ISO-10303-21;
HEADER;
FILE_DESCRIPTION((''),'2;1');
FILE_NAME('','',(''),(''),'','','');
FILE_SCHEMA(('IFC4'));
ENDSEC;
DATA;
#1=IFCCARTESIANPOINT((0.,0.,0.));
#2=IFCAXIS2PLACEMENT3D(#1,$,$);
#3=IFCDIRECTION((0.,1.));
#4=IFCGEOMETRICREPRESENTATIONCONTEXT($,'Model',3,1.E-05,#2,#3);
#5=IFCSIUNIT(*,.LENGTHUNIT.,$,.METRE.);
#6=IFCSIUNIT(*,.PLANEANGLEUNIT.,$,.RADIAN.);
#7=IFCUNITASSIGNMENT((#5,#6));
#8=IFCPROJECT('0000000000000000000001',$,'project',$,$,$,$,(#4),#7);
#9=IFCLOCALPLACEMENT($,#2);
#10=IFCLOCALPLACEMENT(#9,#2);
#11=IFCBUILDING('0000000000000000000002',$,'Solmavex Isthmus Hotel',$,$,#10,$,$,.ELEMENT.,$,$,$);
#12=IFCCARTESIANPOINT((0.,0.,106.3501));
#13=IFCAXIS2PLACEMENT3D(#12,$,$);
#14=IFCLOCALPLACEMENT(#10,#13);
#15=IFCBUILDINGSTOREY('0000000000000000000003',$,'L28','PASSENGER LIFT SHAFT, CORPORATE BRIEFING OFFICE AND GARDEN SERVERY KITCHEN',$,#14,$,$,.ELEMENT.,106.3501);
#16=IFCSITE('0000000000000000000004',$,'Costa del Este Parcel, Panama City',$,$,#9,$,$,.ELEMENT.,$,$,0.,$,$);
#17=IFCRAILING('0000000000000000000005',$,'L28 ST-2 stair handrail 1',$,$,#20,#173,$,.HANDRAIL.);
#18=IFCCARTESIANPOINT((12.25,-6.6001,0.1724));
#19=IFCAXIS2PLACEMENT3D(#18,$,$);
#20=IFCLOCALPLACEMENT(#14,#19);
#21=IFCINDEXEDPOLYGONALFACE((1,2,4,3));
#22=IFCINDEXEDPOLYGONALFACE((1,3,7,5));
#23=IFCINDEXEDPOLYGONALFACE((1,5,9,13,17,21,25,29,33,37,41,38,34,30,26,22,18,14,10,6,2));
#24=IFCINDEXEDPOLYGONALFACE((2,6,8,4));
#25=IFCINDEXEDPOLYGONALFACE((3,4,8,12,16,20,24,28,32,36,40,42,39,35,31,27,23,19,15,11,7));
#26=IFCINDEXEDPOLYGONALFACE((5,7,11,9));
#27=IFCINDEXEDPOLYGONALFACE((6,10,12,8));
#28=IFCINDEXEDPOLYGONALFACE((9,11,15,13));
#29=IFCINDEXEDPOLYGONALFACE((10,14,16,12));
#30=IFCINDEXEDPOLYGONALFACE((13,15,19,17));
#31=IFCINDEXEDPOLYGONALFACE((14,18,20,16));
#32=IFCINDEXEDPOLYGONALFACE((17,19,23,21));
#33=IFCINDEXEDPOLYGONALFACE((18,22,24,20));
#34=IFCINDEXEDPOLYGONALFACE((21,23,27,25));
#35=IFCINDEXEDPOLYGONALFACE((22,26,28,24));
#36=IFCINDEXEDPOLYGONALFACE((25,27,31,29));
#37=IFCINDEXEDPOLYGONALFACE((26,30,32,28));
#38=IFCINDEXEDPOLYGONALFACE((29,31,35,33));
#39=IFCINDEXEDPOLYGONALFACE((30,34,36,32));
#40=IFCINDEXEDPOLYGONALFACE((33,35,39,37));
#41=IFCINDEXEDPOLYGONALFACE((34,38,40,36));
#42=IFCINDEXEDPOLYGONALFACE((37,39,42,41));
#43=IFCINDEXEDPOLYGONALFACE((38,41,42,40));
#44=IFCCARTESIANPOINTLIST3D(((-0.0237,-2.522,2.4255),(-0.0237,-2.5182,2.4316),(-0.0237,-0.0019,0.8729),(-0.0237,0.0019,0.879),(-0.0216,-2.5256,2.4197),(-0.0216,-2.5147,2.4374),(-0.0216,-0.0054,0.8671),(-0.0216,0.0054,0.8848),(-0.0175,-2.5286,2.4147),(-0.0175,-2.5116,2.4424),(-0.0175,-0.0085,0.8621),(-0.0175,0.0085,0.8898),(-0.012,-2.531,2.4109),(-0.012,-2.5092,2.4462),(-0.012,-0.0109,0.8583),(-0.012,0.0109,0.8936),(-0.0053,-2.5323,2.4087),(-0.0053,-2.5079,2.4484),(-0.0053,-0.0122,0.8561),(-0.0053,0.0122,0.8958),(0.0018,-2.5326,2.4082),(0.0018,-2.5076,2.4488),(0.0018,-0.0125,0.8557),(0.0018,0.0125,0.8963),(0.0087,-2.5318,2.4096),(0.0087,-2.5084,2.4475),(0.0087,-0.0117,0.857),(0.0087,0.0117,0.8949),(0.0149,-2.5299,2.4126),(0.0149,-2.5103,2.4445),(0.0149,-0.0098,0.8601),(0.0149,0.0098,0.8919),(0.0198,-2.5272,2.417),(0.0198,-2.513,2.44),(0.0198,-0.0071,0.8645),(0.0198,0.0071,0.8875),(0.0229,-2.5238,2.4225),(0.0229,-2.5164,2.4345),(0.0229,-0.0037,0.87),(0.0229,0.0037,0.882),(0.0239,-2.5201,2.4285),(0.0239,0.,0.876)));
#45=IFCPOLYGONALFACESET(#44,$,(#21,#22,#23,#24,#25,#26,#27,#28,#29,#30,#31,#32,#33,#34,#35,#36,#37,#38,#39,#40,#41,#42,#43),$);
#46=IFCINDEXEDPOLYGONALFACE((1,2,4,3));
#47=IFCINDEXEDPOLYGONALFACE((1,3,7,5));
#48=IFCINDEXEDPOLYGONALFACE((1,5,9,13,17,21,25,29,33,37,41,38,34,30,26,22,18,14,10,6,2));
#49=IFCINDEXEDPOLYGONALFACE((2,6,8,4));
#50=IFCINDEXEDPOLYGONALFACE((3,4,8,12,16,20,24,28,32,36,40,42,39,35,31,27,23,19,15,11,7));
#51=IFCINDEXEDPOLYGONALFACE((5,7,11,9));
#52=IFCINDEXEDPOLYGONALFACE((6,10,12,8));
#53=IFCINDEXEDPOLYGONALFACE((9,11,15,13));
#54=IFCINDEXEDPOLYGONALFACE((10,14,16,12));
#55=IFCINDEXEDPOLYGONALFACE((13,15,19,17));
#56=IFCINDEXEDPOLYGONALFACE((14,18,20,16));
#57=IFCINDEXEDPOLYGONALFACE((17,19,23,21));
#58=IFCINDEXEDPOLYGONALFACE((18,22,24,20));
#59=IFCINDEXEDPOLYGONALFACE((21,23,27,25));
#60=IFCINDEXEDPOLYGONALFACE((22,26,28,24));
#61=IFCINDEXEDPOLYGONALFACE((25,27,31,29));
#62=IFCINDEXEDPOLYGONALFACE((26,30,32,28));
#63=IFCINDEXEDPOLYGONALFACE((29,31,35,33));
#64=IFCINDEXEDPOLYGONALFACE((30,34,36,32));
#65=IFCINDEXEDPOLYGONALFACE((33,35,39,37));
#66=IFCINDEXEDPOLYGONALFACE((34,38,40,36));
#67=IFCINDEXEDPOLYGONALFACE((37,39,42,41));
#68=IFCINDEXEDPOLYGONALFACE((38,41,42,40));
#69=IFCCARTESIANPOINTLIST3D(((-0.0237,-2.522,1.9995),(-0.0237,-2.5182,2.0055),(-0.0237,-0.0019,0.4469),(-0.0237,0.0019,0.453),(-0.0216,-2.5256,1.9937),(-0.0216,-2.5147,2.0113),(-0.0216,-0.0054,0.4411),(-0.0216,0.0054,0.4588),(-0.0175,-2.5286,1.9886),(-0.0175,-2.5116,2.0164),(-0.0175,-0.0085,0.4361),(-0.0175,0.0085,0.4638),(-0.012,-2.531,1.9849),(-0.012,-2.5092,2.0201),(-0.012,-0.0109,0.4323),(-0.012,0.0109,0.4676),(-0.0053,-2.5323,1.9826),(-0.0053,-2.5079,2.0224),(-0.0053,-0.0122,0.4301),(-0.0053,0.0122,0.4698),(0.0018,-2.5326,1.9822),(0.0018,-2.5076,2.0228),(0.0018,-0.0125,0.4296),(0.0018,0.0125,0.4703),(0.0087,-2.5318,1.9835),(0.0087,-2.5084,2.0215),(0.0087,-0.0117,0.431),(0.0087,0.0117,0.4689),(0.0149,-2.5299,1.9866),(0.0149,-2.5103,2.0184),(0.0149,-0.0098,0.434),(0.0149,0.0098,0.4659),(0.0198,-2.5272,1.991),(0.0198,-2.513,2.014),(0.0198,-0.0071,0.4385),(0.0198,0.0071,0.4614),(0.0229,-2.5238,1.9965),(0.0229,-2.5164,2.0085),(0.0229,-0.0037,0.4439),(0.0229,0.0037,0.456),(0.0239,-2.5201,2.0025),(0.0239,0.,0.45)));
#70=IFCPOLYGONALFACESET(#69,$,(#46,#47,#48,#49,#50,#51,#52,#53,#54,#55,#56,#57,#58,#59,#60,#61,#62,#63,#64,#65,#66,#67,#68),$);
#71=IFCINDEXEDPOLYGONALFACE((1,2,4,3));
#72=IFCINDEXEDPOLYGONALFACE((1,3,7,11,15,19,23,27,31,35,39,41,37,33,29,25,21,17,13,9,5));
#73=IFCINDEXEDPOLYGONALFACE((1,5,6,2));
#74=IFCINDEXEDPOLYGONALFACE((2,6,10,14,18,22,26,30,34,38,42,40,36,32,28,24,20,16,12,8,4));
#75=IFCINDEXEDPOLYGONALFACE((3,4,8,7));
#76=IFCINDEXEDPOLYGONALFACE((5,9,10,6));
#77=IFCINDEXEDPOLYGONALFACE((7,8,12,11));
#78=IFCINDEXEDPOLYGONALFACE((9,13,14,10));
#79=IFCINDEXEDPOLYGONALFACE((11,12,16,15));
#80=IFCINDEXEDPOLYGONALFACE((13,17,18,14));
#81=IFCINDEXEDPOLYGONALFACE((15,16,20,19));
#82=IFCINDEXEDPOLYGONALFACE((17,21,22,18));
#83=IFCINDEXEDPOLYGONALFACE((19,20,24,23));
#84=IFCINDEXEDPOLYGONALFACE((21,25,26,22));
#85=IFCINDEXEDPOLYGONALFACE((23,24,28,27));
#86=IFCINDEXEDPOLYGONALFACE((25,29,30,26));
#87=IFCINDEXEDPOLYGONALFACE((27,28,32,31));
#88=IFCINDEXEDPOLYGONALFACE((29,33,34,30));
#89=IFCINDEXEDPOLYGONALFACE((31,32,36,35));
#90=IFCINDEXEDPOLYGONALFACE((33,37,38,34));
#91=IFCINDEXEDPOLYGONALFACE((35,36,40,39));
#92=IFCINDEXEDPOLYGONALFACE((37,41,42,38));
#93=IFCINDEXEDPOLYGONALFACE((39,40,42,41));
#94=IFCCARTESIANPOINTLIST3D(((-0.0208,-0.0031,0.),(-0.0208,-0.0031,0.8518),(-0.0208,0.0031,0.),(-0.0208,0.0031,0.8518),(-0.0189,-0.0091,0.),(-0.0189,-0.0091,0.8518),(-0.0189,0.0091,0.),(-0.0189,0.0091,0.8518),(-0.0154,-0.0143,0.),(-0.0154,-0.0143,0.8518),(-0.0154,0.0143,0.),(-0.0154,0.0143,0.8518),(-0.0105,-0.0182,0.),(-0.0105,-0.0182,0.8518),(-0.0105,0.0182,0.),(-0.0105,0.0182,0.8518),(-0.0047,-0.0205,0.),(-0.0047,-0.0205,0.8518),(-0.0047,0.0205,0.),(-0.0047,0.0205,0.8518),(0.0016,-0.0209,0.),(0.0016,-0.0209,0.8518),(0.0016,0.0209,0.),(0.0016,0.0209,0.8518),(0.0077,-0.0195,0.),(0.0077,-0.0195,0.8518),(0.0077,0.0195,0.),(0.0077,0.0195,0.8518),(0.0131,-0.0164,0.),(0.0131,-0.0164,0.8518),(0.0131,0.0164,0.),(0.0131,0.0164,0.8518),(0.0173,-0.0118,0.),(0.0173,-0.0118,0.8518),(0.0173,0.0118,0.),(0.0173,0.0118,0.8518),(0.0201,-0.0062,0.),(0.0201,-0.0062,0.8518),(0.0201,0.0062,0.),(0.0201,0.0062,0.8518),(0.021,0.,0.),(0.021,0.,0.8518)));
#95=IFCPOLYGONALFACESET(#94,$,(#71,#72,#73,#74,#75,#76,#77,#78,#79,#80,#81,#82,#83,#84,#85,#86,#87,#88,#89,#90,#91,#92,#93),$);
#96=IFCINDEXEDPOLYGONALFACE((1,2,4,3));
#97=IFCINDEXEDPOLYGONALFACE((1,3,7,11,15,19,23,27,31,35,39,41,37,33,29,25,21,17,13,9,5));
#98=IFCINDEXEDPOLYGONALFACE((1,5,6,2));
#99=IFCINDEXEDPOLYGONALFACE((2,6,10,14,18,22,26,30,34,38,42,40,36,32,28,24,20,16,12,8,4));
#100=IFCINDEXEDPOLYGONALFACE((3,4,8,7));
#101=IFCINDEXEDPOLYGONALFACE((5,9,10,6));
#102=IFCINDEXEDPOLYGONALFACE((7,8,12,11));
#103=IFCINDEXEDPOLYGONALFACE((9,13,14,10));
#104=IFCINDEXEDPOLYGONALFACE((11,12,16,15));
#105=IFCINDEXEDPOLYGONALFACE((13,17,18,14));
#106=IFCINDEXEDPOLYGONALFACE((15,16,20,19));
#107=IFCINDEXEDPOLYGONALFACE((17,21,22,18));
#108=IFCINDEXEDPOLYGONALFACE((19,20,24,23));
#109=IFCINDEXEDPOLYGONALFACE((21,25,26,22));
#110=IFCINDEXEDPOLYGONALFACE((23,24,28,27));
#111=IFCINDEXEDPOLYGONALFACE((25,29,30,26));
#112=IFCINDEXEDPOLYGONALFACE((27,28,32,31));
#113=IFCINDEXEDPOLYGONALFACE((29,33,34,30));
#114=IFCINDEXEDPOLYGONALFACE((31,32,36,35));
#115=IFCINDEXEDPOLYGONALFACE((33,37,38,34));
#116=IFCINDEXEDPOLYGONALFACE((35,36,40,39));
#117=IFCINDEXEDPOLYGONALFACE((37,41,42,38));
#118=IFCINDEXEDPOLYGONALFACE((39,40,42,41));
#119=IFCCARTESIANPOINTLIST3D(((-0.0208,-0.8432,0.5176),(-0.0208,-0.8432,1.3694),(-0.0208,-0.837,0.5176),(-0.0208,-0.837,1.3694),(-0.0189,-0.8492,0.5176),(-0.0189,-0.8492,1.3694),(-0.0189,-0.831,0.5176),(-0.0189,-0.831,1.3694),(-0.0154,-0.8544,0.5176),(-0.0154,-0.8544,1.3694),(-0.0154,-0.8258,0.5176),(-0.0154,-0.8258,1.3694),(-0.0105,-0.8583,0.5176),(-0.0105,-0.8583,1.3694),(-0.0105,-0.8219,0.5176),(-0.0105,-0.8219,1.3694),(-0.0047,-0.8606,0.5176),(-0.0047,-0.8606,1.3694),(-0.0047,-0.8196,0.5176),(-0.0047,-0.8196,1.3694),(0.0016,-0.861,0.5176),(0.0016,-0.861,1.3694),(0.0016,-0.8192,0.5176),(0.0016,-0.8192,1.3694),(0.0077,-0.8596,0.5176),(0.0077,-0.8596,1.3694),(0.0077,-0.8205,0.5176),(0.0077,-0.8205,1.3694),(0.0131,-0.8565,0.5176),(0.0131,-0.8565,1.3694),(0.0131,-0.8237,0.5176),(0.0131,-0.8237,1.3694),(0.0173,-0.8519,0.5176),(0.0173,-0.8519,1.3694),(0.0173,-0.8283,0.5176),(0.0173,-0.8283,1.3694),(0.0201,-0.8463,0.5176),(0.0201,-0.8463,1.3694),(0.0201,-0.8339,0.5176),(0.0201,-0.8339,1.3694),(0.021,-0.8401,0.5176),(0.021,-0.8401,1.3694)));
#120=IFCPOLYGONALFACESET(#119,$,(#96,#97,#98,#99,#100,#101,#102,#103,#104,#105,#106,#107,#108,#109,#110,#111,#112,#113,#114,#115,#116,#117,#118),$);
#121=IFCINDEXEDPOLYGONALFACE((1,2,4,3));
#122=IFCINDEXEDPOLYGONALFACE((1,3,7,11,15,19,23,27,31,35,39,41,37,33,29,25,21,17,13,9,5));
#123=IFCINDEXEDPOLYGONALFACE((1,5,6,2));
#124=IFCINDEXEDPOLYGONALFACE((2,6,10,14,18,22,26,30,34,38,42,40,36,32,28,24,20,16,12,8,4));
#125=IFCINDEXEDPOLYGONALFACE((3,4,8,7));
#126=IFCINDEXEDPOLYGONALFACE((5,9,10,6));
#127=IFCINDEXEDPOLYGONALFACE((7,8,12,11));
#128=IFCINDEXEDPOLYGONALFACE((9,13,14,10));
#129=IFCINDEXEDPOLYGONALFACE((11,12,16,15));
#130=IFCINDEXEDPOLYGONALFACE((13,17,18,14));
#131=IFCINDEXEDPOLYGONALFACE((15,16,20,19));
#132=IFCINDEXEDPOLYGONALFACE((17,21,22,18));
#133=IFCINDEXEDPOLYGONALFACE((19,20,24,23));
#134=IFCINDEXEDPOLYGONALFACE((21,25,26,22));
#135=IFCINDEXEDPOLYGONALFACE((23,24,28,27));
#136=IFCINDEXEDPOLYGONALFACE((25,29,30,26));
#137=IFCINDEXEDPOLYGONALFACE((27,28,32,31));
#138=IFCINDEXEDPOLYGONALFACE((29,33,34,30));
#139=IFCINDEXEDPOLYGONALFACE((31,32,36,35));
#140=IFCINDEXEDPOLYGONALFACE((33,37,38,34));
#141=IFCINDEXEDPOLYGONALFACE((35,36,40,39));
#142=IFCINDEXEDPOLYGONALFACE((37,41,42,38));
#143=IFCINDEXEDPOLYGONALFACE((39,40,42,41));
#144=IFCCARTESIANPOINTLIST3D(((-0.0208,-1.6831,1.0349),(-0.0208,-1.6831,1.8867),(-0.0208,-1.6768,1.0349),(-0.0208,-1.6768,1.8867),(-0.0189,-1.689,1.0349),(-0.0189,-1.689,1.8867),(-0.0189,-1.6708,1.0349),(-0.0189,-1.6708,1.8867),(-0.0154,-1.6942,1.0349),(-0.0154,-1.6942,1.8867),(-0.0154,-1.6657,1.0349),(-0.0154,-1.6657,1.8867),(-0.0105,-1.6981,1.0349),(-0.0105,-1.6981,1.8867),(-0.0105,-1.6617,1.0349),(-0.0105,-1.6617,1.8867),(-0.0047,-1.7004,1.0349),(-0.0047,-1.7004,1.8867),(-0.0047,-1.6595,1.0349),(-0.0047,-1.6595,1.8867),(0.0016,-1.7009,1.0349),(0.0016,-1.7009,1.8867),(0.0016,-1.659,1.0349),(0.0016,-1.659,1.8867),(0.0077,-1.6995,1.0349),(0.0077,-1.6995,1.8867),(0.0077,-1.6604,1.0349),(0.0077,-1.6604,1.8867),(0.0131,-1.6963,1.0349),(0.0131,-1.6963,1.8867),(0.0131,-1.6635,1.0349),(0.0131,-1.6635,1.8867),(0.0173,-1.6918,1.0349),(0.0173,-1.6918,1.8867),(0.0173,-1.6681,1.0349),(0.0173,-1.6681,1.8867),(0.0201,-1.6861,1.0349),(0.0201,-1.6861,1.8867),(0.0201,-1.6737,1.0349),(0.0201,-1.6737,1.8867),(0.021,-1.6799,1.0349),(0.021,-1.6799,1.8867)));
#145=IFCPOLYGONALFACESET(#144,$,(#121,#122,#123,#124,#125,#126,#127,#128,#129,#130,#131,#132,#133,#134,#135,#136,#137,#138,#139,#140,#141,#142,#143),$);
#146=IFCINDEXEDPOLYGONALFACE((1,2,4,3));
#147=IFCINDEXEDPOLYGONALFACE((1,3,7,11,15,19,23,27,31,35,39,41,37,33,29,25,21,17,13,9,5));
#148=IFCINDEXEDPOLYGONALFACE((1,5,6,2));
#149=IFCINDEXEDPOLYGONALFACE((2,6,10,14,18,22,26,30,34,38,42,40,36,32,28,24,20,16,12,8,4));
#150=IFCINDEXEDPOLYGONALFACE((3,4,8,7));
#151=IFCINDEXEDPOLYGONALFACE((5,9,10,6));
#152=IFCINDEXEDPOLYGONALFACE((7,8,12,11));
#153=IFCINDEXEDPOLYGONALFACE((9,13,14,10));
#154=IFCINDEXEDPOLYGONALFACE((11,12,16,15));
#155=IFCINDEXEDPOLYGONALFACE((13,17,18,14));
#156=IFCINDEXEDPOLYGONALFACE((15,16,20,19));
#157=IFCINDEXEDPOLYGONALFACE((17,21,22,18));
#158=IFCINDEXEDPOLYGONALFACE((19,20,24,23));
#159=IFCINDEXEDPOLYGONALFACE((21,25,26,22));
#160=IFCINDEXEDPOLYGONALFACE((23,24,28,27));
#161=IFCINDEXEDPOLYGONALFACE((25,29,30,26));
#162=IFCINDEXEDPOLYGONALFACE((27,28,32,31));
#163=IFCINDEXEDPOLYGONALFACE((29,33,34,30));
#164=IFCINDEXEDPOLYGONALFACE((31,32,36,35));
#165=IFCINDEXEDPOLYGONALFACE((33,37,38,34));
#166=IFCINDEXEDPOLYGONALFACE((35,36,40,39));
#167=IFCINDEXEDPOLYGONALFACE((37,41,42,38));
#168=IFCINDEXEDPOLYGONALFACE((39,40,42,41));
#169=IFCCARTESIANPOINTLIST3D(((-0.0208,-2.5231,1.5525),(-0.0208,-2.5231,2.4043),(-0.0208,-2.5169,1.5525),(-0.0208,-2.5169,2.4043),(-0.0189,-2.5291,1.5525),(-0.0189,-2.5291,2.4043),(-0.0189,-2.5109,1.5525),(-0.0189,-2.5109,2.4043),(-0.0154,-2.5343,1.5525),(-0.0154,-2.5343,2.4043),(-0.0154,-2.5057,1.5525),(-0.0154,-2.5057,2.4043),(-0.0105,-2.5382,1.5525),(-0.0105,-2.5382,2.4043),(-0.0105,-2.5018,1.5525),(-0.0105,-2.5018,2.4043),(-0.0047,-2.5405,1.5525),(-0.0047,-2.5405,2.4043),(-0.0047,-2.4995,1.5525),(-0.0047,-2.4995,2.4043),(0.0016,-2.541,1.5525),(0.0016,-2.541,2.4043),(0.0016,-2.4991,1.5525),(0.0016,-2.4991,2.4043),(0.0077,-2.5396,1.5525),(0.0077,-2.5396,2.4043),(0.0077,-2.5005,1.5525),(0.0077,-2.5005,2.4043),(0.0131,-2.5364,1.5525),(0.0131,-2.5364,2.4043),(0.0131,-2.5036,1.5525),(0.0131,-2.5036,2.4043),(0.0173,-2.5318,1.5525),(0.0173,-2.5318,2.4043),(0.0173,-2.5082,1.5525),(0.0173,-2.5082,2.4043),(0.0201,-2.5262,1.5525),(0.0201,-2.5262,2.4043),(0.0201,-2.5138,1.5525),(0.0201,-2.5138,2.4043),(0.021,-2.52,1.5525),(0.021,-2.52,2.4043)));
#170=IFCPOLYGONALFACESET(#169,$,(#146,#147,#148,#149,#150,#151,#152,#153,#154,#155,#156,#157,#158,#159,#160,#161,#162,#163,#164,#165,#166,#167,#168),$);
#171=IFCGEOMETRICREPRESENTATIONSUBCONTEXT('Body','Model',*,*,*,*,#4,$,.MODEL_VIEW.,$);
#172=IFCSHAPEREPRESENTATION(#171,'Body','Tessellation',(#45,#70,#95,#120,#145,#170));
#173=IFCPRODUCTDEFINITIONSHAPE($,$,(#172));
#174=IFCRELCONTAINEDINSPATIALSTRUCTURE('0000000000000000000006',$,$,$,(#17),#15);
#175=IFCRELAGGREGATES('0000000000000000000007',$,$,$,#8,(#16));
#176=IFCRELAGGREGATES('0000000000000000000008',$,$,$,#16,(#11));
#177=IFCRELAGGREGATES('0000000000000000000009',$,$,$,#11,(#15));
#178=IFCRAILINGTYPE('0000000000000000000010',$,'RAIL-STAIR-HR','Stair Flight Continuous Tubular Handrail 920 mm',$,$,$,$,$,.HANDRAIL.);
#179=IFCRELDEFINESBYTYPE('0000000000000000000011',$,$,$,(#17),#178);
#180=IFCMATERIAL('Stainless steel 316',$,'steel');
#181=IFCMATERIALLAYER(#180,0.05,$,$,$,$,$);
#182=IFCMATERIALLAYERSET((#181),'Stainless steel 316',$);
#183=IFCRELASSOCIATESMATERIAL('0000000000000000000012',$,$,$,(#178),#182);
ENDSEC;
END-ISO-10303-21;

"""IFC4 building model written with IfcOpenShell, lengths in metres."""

from ifc_helpers import new_model, si_unit, direction, frame, origin, origin_2d, place, context, subcontext, project, spatial, circle, extrude, material, layer, layer_set, type_object, element, save


model = new_model("IFC4")

# Units and contexts
model_context = context("Model", 3, precision=1e-05, world=origin(), true_north=direction((0.0, 1.0)))
body_context = subcontext(model_context, "Body", "Model", "MODEL_VIEW")
ifc_project = project(units=[si_unit("LENGTHUNIT", "METRE"), si_unit("PLANEANGLEUNIT", "RADIAN")], contexts=[model_context])

# Site, building, storey
site_placement = place(None, origin())
site = spatial("IfcSite", under=ifc_project, at=site_placement, Name="Costa del Este Parcel, Panama City", CompositionType="ELEMENT", RefElevation=0.0)
building_placement = place(site_placement, origin())
building = spatial("IfcBuilding", under=site, at=building_placement, Name="Solmavex Isthmus Hotel", CompositionType="ELEMENT")
storey_placement = place(building_placement, frame((0.0, 0.0, 106.3501)))
storey = spatial("IfcBuildingStorey", under=building, at=storey_placement, Name="L28", Description="PASSENGER LIFT SHAFT, CORPORATE BRIEFING OFFICE AND GARDEN SERVERY KITCHEN", CompositionType="ELEMENT", Elevation=106.3501)

# Shared definitions
ifc_material_1 = material(Name="Stainless steel 316", Category="steel")

# Railing
ifc_layer_1 = layer(ifc_material_1, 0.05)
ifc_layer_set_1 = layer_set([ifc_layer_1], Name="Stainless steel 316")
railing_type_1 = type_object("IfcRailingType", Name="RAIL-STAIR-HR", Description="Stair Flight Continuous Tubular Handrail 920 mm", PredefinedType="HANDRAIL", material=ifc_layer_set_1)
railing_1_placement = place(storey_placement, frame((12.25, -6.6001, 0.1724)))
element("IfcRailing", 1, at=railing_1_placement, inside=storey, type_object=railing_type_1, Name="L28 ST-2 stair handrail 1", PredefinedType="HANDRAIL", context=body_context, shape_type="SweptSolid", body=[
    extrude(circle(Radius=0.0239, at=origin_2d()), frame((0.0, 0.0, 0.876), z_axis=(0.0, -0.8514, 0.524516), x_axis=(1.0, 0.0, 0.0)), (0.0, 0.0, 1.0), 2.96),
    extrude(circle(Radius=0.0239, at=origin_2d()), frame((0.0, 0.0, 0.45), z_axis=(0.0, -0.8514, 0.524516), x_axis=(1.0, 0.0, 0.0)), (0.0, 0.0, 1.0), 2.96),
    extrude(circle(Radius=0.021, at=origin_2d()), origin(), (0.0, 0.0, 1.0), 0.8518),
    extrude(circle(Radius=0.021, at=origin_2d()), frame((0.0, -0.8401, 0.5176)), (0.0, 0.0, 1.0), 0.8518),
    extrude(circle(Radius=0.021, at=origin_2d()), frame((0.0, -1.6799, 1.0349)), (0.0, 0.0, 1.0), 0.8518),
    extrude(circle(Radius=0.021, at=origin_2d()), frame((0.0, -2.52, 1.5525)), (0.0, 0.0, 1.0), 0.8518),
])

save(model, "model.ifc")
